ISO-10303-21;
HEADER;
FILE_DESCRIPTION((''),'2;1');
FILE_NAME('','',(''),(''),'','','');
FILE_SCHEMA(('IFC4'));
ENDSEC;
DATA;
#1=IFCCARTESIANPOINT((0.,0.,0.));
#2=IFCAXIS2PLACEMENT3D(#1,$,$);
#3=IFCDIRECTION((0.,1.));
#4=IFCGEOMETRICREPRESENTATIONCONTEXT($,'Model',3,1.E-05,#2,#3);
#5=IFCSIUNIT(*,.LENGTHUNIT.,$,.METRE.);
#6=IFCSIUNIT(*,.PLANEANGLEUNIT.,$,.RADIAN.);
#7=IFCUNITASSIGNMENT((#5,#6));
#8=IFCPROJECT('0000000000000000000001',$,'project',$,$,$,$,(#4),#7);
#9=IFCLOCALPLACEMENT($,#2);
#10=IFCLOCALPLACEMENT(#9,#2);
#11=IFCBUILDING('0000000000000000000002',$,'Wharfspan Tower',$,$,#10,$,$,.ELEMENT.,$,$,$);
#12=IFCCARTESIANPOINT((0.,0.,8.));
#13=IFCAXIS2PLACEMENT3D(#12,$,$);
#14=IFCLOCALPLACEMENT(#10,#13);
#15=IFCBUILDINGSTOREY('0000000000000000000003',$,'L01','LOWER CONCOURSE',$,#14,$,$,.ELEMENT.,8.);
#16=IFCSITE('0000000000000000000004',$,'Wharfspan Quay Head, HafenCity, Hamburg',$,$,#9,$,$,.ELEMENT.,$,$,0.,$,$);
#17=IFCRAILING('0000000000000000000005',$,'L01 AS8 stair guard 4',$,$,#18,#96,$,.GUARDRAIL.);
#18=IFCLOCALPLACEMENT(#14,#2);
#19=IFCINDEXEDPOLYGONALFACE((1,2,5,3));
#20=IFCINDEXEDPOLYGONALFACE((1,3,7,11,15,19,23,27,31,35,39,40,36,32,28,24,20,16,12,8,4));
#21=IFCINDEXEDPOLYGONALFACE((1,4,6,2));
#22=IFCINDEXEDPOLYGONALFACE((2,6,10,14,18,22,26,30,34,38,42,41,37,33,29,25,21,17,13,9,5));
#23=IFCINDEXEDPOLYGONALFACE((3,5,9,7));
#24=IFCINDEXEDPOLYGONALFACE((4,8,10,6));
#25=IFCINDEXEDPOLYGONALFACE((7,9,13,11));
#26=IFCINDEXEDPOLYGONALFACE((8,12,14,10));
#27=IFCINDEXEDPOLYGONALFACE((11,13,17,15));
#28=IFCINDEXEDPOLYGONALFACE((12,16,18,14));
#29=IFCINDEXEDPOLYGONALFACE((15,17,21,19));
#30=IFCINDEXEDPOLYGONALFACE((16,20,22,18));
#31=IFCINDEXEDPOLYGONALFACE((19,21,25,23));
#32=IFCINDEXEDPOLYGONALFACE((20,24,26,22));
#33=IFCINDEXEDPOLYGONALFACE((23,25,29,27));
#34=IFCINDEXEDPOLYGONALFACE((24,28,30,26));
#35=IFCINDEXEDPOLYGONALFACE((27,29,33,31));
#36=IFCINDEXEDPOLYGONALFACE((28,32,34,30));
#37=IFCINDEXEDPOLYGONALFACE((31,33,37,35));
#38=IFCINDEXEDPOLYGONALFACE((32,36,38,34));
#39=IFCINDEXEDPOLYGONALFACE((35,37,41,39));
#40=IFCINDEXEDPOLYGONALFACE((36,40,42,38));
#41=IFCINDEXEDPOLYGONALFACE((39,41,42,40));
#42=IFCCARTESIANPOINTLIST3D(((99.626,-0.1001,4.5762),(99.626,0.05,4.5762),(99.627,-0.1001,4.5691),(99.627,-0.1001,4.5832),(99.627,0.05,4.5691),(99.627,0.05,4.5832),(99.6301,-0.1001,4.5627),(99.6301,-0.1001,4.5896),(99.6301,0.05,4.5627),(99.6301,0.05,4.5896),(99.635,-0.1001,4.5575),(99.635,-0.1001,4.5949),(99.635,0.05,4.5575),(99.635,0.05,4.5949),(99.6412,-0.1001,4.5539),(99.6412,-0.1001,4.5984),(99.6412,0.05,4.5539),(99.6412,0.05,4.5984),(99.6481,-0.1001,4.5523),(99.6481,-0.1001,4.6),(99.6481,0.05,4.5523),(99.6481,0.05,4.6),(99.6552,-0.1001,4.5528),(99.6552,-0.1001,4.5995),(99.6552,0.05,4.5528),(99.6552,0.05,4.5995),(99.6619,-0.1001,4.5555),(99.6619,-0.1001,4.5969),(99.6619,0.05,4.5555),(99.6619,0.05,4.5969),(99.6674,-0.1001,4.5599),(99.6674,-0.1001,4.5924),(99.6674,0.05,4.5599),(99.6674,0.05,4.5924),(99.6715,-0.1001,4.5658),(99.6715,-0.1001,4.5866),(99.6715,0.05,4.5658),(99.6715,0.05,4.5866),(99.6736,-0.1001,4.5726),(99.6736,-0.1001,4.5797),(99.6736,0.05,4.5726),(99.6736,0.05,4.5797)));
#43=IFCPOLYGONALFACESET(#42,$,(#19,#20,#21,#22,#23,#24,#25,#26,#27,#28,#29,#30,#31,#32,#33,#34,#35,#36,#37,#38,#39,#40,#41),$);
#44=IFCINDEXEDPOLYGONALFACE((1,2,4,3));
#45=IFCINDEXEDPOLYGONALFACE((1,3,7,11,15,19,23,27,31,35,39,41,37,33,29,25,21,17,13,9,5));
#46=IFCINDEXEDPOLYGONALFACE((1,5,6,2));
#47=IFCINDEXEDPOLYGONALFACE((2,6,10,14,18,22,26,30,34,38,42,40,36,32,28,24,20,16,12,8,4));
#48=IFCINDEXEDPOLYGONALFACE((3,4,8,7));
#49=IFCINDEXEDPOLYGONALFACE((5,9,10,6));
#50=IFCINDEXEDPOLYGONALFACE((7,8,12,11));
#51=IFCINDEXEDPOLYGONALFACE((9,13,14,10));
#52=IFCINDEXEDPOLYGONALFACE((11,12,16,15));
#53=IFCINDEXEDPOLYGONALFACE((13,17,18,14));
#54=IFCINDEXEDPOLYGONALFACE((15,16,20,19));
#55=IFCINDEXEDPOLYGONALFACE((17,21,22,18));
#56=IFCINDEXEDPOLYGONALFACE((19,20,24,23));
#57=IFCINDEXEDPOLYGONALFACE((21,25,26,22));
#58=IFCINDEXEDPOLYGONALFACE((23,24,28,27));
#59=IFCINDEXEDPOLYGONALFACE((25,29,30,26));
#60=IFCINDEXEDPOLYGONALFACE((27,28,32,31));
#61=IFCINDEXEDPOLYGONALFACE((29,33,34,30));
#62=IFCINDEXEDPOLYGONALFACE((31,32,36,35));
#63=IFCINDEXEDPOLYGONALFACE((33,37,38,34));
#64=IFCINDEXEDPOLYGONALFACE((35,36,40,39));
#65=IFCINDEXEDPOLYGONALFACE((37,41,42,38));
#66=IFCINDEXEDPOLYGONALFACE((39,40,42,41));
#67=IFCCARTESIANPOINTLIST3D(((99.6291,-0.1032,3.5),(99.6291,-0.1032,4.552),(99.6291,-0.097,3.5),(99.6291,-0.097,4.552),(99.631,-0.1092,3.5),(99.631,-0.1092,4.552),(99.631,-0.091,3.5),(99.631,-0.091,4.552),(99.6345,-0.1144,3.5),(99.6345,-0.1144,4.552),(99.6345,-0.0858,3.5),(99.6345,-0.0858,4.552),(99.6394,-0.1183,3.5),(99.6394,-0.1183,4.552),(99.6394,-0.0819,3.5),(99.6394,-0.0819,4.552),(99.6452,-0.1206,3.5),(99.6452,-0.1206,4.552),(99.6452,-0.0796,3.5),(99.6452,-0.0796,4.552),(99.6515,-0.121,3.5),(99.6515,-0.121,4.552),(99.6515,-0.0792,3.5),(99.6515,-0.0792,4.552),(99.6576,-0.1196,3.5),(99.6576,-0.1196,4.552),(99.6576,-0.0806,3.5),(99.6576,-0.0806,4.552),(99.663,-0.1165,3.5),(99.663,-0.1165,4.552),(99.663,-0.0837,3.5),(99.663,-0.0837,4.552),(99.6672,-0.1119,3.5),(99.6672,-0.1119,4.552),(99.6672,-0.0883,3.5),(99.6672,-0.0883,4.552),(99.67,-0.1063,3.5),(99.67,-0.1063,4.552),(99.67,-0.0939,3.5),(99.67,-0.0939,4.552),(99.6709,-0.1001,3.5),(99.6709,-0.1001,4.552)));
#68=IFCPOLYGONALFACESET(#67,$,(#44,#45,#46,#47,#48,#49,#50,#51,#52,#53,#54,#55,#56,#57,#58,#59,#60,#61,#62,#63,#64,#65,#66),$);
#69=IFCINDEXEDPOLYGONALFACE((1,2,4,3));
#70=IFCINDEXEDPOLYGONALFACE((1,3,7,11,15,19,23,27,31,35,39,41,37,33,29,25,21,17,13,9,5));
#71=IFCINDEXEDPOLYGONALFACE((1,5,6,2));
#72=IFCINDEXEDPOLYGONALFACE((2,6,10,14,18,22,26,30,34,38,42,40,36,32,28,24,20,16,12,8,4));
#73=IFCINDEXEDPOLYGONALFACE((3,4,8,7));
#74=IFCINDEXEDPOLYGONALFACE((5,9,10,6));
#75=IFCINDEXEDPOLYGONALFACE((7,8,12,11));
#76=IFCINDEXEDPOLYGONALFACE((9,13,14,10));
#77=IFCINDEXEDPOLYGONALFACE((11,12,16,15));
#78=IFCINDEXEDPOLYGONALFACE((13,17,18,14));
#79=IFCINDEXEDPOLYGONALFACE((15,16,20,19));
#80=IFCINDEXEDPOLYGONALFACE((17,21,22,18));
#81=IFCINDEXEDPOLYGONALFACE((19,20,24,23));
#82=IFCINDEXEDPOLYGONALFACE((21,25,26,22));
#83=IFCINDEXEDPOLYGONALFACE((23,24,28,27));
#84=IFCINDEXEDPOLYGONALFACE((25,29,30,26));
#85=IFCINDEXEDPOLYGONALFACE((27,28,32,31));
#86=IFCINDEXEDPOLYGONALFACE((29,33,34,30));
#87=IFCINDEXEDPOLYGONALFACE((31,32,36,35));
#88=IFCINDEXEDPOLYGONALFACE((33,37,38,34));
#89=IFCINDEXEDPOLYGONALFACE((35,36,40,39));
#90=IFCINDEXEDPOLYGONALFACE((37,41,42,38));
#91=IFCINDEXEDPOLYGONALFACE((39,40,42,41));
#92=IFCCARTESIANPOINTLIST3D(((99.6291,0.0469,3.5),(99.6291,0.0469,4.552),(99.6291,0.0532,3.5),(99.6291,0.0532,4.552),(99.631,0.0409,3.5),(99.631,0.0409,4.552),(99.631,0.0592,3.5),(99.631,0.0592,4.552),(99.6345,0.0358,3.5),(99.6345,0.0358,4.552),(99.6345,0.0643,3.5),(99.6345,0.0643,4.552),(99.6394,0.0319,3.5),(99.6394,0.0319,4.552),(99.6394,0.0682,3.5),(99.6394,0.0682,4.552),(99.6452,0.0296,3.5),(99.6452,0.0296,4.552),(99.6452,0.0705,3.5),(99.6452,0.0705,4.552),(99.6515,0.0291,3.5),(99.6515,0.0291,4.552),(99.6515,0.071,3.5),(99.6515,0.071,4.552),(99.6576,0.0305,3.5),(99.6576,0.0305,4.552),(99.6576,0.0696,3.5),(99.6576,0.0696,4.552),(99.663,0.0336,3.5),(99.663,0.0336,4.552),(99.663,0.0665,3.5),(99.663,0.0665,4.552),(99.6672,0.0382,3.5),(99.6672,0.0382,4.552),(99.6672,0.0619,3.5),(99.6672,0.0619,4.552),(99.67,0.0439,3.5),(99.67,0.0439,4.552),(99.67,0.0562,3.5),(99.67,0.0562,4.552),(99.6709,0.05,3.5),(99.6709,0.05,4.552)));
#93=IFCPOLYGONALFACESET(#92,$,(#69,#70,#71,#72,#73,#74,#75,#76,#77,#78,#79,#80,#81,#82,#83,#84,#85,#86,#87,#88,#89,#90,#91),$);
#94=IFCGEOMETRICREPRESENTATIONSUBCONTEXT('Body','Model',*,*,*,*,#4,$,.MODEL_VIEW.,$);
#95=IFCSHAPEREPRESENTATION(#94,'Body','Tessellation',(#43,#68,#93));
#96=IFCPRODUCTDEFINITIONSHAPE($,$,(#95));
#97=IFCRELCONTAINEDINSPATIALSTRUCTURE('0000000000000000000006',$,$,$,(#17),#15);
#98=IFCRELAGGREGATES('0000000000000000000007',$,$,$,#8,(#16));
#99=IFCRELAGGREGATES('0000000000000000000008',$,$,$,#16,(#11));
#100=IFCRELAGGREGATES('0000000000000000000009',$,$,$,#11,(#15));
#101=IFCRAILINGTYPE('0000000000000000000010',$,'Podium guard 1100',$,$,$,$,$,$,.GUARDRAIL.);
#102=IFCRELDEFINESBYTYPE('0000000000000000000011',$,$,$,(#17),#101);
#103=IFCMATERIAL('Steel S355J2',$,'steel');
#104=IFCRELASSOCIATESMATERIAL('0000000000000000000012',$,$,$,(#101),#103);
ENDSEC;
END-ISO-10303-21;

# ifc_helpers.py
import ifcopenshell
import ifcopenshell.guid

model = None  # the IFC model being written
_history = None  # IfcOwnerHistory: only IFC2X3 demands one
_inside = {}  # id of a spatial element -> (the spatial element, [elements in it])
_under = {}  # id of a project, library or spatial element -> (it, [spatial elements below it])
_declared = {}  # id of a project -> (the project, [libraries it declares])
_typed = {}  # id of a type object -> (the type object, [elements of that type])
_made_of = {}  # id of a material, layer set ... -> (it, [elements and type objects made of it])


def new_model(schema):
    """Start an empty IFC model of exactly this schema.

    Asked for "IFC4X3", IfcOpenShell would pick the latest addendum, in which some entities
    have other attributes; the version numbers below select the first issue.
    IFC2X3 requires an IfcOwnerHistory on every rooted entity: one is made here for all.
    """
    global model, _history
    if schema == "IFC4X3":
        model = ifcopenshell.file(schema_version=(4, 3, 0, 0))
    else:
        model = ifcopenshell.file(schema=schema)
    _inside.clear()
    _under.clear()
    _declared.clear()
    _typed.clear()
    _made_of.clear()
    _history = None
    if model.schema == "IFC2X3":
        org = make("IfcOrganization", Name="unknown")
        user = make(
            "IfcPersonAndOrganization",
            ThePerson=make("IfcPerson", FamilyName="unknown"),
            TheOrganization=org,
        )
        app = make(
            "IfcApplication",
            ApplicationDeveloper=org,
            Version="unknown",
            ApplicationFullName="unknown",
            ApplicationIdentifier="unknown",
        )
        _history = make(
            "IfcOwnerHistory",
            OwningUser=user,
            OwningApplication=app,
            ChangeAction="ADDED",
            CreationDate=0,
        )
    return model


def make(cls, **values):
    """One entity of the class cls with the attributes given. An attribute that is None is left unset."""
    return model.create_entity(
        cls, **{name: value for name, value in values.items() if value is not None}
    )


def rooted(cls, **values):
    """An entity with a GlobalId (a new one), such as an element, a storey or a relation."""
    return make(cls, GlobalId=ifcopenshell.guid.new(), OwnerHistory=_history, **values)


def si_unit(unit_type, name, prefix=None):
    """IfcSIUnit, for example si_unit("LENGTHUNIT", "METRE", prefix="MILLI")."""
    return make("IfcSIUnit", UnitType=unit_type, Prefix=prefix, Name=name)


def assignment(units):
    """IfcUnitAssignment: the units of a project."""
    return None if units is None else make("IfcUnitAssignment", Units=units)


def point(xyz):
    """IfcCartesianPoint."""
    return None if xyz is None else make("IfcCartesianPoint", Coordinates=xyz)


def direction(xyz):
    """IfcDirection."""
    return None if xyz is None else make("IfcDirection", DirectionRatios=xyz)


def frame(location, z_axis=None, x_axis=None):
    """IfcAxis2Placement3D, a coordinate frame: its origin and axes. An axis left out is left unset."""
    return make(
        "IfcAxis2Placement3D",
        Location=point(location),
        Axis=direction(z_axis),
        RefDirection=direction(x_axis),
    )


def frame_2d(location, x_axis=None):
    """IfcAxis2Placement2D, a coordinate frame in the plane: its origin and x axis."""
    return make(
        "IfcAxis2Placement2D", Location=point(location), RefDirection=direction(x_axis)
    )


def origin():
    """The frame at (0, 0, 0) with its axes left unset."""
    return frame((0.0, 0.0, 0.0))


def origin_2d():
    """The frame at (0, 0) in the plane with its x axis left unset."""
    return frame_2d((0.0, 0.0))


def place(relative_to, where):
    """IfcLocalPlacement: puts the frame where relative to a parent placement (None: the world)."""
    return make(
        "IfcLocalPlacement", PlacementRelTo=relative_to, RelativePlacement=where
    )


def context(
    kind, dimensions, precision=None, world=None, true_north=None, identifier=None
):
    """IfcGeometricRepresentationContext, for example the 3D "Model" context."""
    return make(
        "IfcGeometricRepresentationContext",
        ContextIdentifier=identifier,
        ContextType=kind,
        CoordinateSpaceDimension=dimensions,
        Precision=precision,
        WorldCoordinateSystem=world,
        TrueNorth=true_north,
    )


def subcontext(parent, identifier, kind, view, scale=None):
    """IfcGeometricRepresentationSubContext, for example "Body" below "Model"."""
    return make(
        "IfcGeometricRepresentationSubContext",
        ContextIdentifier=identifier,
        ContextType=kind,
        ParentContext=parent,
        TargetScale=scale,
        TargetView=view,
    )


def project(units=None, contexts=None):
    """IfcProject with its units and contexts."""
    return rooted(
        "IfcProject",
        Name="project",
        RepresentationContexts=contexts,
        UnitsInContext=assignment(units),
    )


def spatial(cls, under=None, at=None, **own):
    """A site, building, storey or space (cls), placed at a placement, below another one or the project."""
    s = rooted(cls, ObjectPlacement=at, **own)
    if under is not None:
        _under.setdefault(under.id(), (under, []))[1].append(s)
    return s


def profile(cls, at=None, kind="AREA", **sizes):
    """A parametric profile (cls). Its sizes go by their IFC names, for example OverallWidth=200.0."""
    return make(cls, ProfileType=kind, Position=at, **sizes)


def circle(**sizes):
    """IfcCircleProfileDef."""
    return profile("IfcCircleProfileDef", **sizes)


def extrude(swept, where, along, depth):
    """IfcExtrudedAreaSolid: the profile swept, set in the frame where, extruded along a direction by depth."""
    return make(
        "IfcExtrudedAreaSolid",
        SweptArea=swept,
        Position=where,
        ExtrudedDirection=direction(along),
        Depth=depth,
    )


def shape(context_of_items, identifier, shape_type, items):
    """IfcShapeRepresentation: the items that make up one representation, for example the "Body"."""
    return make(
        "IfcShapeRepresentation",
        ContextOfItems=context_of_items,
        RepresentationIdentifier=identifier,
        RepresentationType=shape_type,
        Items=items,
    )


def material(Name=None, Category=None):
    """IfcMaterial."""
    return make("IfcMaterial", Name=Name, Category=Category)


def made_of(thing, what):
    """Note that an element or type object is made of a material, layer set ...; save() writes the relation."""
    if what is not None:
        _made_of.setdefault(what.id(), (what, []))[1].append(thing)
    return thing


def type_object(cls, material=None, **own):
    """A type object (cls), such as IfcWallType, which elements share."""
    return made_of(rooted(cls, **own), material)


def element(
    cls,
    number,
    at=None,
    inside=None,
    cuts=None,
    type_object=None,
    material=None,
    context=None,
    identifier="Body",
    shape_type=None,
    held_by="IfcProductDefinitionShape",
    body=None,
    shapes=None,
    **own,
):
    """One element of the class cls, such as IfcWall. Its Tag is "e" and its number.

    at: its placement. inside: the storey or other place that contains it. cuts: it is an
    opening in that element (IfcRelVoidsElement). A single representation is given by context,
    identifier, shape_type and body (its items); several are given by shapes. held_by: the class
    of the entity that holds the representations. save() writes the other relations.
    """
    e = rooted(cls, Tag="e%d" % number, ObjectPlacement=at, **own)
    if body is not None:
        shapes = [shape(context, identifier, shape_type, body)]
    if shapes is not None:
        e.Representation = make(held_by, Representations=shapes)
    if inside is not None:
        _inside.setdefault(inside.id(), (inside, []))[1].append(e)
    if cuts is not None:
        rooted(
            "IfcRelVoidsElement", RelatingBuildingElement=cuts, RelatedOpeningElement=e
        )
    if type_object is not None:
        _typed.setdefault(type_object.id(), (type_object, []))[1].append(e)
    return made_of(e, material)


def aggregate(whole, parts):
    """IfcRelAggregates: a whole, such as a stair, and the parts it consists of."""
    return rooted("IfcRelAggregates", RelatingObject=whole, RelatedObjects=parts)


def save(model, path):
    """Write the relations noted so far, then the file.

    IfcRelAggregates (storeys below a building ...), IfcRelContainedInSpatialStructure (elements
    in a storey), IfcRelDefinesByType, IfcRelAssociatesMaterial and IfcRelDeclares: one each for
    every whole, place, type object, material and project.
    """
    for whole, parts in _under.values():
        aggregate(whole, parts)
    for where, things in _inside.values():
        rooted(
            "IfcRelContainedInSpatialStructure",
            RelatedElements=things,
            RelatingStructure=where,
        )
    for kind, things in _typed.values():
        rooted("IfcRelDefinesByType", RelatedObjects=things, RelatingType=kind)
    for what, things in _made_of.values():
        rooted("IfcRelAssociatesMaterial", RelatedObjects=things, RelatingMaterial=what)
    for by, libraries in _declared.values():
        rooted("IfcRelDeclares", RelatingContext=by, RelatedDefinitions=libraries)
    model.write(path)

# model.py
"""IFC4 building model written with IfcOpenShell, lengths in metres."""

from ifc_helpers import new_model, si_unit, direction, frame, origin, origin_2d, place, context, subcontext, project, spatial, circle, extrude, material, type_object, element, save


model = new_model("IFC4")

# Units and contexts
model_context = context("Model", 3, precision=1e-05, world=origin(), true_north=direction((0.0, 1.0)))
body_context = subcontext(model_context, "Body", "Model", "MODEL_VIEW")
ifc_project = project(units=[si_unit("LENGTHUNIT", "METRE"), si_unit("PLANEANGLEUNIT", "RADIAN")], contexts=[model_context])

# Site, building, storey
site_placement = place(None, origin())
site = spatial("IfcSite", under=ifc_project, at=site_placement, Name="Wharfspan Quay Head, HafenCity, Hamburg", CompositionType="ELEMENT", RefElevation=0.0)
building_placement = place(site_placement, origin())
building = spatial("IfcBuilding", under=site, at=building_placement, Name="Wharfspan Tower", CompositionType="ELEMENT")
storey_placement = place(building_placement, frame((0.0, 0.0, 8.0)))
storey = spatial("IfcBuildingStorey", under=building, at=storey_placement, Name="L01", Description="LOWER CONCOURSE", CompositionType="ELEMENT", Elevation=8.0)

# Railing
ifc_material_1 = material(Name="Steel S355J2", Category="steel")
railing_type_1 = type_object("IfcRailingType", Name="Podium guard 1100", PredefinedType="GUARDRAIL", material=ifc_material_1)
railing_1_placement = place(storey_placement, frame((99.6499, -0.1001, 3.5)))
element("IfcRailing", 1, at=railing_1_placement, inside=storey, type_object=railing_type_1, Name="L01 AS8 stair guard 4", PredefinedType="GUARDRAIL", context=body_context, shape_type="SweptSolid", body=[
    extrude(circle(Radius=0.0239, at=origin_2d()), frame((0.0, 0.0, 1.0762), z_axis=(0.0, 1.0, 0.0), x_axis=(-1.0, 0.0, 0.0)), (0.0, 0.0, 1.0), 0.1501),
    extrude(circle(Radius=0.021, at=origin_2d()), origin(), (0.0, 0.0, 1.0), 1.052),
    extrude(circle(Radius=0.021, at=origin_2d()), frame((0.0, 0.1501, 0.0)), (0.0, 0.0, 1.0), 1.052),
])

save(model, "model.ifc")
